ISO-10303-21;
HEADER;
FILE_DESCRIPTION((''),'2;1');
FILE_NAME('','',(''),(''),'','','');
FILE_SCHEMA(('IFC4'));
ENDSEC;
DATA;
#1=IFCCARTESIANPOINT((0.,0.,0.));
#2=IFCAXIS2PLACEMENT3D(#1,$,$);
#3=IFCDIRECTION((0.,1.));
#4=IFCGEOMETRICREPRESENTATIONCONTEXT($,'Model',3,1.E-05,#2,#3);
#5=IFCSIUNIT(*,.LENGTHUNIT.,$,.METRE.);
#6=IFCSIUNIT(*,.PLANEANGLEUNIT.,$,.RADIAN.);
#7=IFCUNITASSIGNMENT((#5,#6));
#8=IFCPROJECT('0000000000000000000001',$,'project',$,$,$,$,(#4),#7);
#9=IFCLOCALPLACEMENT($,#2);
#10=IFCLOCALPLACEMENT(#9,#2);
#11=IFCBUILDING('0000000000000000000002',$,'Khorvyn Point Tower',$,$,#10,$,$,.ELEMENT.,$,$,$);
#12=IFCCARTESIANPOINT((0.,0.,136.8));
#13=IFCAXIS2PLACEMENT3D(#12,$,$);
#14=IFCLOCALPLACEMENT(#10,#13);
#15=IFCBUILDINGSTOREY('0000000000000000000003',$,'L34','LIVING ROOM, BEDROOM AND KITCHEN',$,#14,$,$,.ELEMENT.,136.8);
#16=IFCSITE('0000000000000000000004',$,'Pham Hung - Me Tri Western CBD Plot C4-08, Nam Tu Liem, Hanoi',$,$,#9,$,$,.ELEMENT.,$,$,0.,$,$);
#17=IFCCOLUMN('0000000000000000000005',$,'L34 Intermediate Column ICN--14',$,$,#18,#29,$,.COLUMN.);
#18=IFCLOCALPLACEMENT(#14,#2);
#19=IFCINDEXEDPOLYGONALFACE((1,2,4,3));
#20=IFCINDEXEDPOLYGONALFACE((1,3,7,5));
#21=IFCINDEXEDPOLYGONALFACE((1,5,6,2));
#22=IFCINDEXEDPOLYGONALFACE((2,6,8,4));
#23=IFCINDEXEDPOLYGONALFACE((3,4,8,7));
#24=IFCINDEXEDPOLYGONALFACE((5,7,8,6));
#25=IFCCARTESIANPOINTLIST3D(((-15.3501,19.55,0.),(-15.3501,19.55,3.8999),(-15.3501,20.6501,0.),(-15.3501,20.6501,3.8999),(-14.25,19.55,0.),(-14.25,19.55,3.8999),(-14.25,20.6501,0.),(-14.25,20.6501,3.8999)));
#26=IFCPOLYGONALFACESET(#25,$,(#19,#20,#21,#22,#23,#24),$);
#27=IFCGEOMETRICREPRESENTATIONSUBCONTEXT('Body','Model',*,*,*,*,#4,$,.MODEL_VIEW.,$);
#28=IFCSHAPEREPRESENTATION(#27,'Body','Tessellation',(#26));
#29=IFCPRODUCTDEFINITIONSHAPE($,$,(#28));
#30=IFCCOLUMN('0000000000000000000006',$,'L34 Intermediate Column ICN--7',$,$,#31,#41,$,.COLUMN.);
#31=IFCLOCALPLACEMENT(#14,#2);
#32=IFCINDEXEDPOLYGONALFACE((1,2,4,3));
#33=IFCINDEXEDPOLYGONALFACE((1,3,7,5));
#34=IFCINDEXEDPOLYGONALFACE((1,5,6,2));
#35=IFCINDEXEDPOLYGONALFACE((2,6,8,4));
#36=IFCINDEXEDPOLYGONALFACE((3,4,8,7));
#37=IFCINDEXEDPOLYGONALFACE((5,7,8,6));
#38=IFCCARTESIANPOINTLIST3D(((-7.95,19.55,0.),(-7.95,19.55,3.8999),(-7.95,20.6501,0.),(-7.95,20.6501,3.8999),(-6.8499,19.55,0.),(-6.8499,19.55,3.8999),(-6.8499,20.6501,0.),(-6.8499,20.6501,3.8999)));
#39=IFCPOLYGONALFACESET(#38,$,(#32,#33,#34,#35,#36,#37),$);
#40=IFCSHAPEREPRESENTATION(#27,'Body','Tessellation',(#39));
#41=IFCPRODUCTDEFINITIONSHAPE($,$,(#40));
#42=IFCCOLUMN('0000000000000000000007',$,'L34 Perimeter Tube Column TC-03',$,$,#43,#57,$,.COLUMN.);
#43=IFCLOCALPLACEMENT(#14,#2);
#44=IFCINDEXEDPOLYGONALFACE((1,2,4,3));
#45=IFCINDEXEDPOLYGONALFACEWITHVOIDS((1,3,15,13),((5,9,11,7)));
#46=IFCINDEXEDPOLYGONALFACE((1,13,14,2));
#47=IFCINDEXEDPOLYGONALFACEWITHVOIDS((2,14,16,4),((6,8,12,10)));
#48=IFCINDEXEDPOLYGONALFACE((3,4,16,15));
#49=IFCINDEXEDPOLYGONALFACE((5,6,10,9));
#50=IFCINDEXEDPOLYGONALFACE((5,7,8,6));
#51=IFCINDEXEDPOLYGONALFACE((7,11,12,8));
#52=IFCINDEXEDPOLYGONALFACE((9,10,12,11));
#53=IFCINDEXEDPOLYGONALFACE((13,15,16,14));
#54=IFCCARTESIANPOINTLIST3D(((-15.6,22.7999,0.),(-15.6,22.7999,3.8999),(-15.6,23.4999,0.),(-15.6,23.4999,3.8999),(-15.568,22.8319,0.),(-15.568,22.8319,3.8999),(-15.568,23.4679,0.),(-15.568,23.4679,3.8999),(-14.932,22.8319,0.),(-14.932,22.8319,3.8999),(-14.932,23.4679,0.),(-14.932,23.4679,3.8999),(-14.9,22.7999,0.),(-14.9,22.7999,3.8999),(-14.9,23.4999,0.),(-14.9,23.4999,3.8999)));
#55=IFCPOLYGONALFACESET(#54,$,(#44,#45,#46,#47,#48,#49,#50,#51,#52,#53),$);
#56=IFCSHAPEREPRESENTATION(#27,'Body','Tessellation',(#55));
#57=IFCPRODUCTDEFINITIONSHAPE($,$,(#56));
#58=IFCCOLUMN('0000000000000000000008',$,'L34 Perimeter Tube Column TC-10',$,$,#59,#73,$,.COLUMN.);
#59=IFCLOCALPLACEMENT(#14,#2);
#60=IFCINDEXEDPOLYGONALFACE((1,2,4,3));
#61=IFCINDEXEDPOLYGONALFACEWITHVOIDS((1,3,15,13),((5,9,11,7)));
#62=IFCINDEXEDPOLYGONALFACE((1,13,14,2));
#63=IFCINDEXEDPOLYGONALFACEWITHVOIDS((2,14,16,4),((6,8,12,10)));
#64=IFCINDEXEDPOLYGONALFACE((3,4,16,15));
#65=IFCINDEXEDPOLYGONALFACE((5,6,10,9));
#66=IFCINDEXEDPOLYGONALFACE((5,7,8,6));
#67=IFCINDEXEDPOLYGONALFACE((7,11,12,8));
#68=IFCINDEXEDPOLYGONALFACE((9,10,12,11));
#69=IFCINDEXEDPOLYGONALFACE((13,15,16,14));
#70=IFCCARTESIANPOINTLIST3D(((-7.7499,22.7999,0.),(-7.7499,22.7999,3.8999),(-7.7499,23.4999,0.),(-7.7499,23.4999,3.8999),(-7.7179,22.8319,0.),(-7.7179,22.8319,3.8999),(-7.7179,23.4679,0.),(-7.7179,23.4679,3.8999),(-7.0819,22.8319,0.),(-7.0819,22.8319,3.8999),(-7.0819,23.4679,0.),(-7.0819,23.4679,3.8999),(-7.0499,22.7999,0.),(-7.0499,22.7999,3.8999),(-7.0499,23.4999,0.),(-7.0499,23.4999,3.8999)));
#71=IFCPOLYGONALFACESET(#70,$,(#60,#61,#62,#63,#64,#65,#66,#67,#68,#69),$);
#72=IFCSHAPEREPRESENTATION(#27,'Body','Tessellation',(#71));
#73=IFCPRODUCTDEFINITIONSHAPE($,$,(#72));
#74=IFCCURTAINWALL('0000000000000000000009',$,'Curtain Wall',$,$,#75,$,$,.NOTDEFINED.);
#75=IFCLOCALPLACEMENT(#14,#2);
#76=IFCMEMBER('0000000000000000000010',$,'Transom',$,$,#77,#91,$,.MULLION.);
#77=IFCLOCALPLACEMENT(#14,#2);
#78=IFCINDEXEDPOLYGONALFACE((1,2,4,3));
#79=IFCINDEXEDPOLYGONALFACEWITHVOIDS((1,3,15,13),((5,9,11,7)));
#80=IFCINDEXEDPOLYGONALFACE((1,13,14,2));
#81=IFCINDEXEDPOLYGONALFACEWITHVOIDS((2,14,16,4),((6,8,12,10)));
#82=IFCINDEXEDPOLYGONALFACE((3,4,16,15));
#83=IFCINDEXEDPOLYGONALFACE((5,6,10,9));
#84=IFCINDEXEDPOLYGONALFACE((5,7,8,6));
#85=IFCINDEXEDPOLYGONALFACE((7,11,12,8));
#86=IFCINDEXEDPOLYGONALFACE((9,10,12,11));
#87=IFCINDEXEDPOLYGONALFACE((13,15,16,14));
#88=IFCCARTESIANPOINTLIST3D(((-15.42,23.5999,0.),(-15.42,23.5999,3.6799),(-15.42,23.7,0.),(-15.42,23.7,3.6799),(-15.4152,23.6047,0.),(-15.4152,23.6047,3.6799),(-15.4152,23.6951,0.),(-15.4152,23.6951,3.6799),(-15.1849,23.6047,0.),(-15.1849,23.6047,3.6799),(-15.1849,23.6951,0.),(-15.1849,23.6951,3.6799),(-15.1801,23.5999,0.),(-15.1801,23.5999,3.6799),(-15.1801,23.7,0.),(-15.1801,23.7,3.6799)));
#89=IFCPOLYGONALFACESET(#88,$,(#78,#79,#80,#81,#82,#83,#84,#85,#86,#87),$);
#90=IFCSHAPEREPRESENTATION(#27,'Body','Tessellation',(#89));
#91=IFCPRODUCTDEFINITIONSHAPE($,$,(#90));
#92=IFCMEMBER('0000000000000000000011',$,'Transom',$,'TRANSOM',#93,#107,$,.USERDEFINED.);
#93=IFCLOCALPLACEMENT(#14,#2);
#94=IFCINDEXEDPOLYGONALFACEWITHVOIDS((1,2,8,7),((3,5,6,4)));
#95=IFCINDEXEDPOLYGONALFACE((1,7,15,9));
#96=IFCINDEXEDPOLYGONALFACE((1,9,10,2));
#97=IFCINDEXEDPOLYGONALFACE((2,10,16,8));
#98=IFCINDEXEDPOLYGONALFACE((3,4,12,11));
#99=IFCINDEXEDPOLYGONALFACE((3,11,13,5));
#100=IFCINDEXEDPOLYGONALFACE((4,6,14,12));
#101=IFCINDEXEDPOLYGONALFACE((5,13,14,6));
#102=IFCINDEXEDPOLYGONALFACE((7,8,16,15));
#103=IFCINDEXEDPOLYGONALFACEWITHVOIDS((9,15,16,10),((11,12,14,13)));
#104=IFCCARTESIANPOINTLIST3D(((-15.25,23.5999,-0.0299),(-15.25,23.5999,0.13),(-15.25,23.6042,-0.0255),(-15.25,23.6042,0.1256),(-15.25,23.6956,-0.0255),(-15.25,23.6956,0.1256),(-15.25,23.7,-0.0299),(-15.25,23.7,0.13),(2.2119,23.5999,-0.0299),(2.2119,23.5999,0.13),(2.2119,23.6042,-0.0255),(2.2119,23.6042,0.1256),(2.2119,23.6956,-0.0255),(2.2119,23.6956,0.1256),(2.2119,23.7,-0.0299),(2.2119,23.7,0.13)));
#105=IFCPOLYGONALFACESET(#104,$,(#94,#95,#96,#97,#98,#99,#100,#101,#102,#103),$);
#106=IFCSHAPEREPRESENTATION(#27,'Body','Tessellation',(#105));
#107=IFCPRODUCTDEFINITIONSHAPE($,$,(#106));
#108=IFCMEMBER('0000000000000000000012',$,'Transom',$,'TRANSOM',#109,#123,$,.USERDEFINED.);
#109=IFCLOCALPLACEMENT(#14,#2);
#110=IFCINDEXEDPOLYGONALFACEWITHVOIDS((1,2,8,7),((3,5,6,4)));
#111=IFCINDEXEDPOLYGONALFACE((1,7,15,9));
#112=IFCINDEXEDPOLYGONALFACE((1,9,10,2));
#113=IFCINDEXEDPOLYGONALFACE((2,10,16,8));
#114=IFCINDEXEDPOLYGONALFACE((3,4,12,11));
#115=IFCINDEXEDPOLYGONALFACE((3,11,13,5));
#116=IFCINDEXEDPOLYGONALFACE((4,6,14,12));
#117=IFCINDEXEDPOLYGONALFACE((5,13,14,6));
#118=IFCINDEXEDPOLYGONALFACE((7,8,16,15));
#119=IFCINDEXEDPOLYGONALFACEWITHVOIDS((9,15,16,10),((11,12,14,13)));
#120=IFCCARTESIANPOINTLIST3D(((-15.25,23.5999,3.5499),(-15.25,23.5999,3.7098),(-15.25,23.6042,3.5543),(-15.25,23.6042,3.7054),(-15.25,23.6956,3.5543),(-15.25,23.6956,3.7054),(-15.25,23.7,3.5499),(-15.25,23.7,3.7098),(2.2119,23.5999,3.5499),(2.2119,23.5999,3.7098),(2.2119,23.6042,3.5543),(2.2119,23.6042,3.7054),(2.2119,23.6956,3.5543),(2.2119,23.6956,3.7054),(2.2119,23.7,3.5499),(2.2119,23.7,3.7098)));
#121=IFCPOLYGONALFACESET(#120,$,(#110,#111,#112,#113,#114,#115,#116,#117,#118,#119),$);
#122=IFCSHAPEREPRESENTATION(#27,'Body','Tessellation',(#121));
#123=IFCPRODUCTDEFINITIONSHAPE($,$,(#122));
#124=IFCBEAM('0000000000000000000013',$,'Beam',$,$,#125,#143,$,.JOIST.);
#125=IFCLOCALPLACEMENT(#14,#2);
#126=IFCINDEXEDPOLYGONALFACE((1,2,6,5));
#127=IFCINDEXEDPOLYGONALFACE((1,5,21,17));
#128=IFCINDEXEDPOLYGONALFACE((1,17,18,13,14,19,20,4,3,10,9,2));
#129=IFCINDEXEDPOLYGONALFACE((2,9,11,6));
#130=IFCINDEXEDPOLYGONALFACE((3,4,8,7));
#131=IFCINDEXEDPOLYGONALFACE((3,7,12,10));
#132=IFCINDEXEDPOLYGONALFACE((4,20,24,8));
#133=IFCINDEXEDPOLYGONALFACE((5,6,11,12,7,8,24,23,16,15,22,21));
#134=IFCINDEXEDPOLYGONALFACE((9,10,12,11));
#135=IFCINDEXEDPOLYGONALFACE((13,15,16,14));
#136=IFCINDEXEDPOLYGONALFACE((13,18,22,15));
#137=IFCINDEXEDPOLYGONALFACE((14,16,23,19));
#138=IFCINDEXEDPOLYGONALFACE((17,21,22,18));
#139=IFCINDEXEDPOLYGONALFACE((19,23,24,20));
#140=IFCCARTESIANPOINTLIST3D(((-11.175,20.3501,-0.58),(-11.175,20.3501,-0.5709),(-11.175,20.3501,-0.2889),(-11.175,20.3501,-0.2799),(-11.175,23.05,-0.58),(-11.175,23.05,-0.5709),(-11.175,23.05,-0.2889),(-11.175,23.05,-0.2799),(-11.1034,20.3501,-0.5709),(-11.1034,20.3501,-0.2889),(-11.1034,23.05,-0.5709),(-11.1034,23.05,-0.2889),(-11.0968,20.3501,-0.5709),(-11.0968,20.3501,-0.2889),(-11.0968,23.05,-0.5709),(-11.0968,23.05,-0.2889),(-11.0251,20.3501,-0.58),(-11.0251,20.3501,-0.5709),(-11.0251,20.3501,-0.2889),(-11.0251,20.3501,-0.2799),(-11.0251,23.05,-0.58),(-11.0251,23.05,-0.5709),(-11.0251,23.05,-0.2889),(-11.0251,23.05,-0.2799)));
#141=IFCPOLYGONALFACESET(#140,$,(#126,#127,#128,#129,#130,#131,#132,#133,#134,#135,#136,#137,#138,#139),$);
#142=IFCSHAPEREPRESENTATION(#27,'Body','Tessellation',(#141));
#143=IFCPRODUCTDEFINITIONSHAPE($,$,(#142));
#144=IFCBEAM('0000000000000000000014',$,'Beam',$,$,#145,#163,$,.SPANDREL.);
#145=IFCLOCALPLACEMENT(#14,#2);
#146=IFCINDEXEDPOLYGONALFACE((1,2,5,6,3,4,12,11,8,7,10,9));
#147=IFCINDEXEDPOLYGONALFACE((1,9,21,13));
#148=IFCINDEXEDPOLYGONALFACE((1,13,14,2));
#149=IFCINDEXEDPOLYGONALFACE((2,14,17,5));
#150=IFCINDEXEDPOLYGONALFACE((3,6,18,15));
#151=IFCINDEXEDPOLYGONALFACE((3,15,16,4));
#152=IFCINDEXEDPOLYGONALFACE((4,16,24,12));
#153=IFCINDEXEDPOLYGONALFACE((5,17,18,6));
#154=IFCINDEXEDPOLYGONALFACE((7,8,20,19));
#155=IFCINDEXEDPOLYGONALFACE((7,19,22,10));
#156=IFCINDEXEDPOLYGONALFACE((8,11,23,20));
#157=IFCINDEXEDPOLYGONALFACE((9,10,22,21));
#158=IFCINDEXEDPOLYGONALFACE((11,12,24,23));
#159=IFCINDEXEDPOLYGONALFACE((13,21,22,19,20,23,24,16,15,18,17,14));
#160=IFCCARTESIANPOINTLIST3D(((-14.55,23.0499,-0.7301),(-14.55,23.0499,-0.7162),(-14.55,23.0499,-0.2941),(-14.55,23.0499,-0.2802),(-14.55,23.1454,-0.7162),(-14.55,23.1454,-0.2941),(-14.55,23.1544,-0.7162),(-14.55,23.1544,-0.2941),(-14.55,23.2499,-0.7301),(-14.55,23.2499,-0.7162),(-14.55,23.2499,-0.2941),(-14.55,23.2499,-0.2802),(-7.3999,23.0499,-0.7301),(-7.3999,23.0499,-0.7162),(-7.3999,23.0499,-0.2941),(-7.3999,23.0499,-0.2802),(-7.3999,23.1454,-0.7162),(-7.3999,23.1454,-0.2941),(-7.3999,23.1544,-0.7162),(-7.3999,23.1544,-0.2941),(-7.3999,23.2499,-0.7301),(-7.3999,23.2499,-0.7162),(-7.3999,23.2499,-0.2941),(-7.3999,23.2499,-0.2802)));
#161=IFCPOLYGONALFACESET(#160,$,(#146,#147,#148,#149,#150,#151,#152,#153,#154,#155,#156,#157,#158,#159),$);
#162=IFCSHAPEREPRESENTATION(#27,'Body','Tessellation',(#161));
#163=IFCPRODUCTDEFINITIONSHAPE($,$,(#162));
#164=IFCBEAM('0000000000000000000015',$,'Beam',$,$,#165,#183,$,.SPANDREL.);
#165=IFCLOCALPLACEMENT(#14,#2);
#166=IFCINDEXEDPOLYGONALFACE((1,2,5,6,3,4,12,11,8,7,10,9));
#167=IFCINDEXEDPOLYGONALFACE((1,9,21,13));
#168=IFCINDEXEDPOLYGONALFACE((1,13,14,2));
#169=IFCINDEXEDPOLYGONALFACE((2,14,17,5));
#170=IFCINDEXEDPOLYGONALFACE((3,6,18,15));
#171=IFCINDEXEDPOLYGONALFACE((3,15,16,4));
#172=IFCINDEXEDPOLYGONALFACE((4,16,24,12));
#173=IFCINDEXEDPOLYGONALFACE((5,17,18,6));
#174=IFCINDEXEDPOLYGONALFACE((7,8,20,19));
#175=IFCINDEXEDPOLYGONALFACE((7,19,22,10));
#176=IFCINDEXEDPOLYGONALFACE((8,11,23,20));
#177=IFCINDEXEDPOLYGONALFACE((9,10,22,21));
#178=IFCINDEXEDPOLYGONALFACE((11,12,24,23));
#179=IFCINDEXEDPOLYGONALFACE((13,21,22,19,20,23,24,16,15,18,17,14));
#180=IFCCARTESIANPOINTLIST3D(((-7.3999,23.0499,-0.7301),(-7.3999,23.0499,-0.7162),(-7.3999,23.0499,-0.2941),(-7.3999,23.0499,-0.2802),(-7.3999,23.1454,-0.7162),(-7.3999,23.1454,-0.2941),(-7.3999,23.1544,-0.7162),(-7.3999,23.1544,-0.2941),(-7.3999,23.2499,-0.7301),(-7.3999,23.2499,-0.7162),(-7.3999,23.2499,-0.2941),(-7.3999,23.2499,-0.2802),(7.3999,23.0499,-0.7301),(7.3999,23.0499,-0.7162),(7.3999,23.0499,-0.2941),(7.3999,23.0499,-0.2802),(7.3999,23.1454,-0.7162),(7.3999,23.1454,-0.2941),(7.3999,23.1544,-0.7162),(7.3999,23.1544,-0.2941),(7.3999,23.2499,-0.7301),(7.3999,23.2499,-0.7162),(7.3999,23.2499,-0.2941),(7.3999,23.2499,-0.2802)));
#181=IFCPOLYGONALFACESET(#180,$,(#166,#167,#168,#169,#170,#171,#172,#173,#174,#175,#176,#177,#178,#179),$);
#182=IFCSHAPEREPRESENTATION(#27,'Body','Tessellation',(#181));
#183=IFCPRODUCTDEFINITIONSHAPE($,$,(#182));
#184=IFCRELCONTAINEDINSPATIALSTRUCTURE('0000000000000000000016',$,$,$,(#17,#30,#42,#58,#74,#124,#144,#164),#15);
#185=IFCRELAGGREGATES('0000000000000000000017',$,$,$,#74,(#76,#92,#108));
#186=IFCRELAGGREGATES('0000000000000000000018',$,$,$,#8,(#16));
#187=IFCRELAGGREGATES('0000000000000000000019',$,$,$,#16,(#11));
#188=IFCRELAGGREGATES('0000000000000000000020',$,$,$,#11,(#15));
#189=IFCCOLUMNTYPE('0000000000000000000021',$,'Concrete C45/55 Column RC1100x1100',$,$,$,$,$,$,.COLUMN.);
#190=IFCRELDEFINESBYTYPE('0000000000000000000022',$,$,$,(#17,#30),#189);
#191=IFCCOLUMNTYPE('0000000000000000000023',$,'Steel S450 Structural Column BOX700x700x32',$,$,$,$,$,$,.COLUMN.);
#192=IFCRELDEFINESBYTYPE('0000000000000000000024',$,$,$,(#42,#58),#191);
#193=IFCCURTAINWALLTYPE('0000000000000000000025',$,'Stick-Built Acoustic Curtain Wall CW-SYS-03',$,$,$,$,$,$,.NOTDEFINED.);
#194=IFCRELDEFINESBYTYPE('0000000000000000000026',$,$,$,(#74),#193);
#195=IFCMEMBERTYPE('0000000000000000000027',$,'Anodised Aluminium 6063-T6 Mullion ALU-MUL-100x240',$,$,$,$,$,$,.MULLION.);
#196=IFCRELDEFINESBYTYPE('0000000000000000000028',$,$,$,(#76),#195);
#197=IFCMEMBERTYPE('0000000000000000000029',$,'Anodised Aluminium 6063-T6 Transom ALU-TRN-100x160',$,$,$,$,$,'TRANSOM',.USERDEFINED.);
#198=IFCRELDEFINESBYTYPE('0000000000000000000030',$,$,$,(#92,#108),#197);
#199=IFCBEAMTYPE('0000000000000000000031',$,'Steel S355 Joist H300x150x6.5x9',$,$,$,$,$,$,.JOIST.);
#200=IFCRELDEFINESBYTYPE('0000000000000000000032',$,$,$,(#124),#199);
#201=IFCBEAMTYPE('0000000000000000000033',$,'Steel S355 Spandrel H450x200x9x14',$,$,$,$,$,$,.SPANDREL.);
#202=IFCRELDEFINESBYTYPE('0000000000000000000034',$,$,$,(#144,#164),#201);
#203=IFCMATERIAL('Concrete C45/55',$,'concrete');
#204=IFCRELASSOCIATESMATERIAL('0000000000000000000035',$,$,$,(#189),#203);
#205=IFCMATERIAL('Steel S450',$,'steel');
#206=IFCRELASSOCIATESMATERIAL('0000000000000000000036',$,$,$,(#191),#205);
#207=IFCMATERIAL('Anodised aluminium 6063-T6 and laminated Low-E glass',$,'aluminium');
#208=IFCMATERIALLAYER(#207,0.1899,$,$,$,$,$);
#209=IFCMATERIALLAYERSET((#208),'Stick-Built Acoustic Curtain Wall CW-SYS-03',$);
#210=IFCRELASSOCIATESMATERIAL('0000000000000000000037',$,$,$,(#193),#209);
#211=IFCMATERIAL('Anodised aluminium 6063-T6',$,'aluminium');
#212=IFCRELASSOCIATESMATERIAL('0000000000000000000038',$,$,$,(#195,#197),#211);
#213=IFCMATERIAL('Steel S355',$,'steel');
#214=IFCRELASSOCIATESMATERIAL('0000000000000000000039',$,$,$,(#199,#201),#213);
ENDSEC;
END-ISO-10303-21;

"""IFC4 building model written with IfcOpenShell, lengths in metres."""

from ifc_helpers import new_model, si_unit, direction, frame, origin, origin_2d, place, context, subcontext, project, spatial, rectangle, hollow_rectangle, i_section, extrude, material, layer, layer_set, material_profile, profile_set, type_object, element, aggregate, save


model = new_model("IFC4")

# Units and contexts
model_context = context("Model", 3, precision=1e-05, world=origin(), true_north=direction((0.0, 1.0)))
body_context = subcontext(model_context, "Body", "Model", "MODEL_VIEW")
ifc_project = project(units=[si_unit("LENGTHUNIT", "METRE"), si_unit("PLANEANGLEUNIT", "RADIAN")], contexts=[model_context])

# Site, building, storey
site_placement = place(None, origin())
site = spatial("IfcSite", under=ifc_project, at=site_placement, Name="Pham Hung - Me Tri Western CBD Plot C4-08, Nam Tu Liem, Hanoi", CompositionType="ELEMENT", RefElevation=0.0)
building_placement = place(site_placement, origin())
building = spatial("IfcBuilding", under=site, at=building_placement, Name="Khorvyn Point Tower", CompositionType="ELEMENT")
storey_placement = place(building_placement, frame((0.0, 0.0, 136.8)))
storey = spatial("IfcBuildingStorey", under=building, at=storey_placement, Name="L34", Description="LIVING ROOM, BEDROOM AND KITCHEN", CompositionType="ELEMENT", Elevation=136.8)

# Columns
ifc_material_1 = material(Name="Concrete C45/55", Category="concrete")
ifc_material_profile_1 = material_profile(ifc_material_1, rectangle(XDim=1.1001, YDim=1.1001, at=origin_2d()))
ifc_profile_set_1 = profile_set([ifc_material_profile_1], Name="Concrete C45/55 RC1100x1100")
column_type_1 = type_object("IfcColumnType", Name="Concrete C45/55 Column RC1100x1100", PredefinedType="COLUMN", material=ifc_profile_set_1)
for number, where, z_axis, x_axis, name in (
    (1, (-14.8, 20.1001, 0.0), (0.0, 0.0, 1.0), (1.0, 0.0, 0.0), "L34 Intermediate Column ICN--14"),
    (2, (-7.3999, 20.1001, 0.0), (0.0, 0.0, 1.0), (1.0, 0.0, 0.0), "L34 Intermediate Column ICN--7"),
):
    element("IfcColumn", number, at=place(storey_placement, frame(where, z_axis=z_axis, x_axis=x_axis)), inside=storey, type_object=column_type_1, Name=name, PredefinedType="COLUMN", context=body_context, shape_type="SweptSolid", body=[
        extrude(rectangle(XDim=1.1001, YDim=1.1001, at=origin_2d()), origin(), (0.0, 0.0, 1.0), 3.8999),
    ])
ifc_material_2 = material(Name="Steel S450", Category="steel")
ifc_material_profile_2 = material_profile(ifc_material_2, hollow_rectangle(XDim=0.7, YDim=0.7, WallThickness=0.032, at=origin_2d()))
ifc_profile_set_2 = profile_set([ifc_material_profile_2], Name="Steel S450 BOX700x700x32")
column_type_2 = type_object("IfcColumnType", Name="Steel S450 Structural Column BOX700x700x32", PredefinedType="COLUMN", material=ifc_profile_set_2)
for number, where, z_axis, x_axis, name in (
    (3, (-15.25, 23.1499, 0.0), (0.0, 0.0, 1.0), (1.0, 0.0, 0.0), "L34 Perimeter Tube Column TC-03"),
    (4, (-7.3999, 23.1499, 0.0), (0.0, 0.0, 1.0), (1.0, 0.0, 0.0), "L34 Perimeter Tube Column TC-10"),
):
    element("IfcColumn", number, at=place(storey_placement, frame(where, z_axis=z_axis, x_axis=x_axis)), inside=storey, type_object=column_type_2, Name=name, PredefinedType="COLUMN", context=body_context, shape_type="SweptSolid", body=[
        extrude(hollow_rectangle(XDim=0.7, YDim=0.7, WallThickness=0.032, at=origin_2d()), origin(), (0.0, 0.0, 1.0), 3.8999),
    ])

# Curtain wall, members
ifc_material_3 = material(Name="Anodised aluminium 6063-T6 and laminated Low-E glass", Category="aluminium")
ifc_layer_1 = layer(ifc_material_3, 0.1899)
ifc_layer_set_1 = layer_set([ifc_layer_1], Name="Stick-Built Acoustic Curtain Wall CW-SYS-03")
curtain_wall_type = type_object("IfcCurtainWallType", Name="Stick-Built Acoustic Curtain Wall CW-SYS-03", PredefinedType="NOTDEFINED", material=ifc_layer_set_1)
curtain_wall_placement = place(storey_placement, origin())
curtain_wall = element("IfcCurtainWall", 5, at=curtain_wall_placement, inside=storey, type_object=curtain_wall_type, Name="Curtain Wall", PredefinedType="NOTDEFINED")
ifc_material_4 = material(Name="Anodised aluminium 6063-T6", Category="aluminium")
ifc_material_profile_3 = material_profile(ifc_material_4, hollow_rectangle(XDim=0.1001, YDim=0.24, WallThickness=0.0049, at=origin_2d()))
ifc_profile_set_3 = profile_set([ifc_material_profile_3], Name="Anodised aluminium 6063-T6 ALU-MUL-100x240")
member_type_1 = type_object("IfcMemberType", Name="Anodised Aluminium 6063-T6 Mullion ALU-MUL-100x240", PredefinedType="MULLION", material=ifc_profile_set_3)
member_1_placement = place(storey_placement, frame((-15.3, 23.6499, 0.0), z_axis=(0.0, 0.0, 1.0), x_axis=(0.0, 1.0, 0.0)))
member_1 = element("IfcMember", 6, at=member_1_placement, type_object=member_type_1, Name="Transom", PredefinedType="MULLION", context=body_context, shape_type="SweptSolid", body=[
    extrude(hollow_rectangle(XDim=0.1001, YDim=0.24, WallThickness=0.0049, at=origin_2d()), origin(), (0.0, 0.0, 1.0), 3.6799),
])
ifc_material_profile_4 = material_profile(ifc_material_4, hollow_rectangle(XDim=0.1001, YDim=0.1599, WallThickness=0.0044, at=origin_2d()))
ifc_profile_set_4 = profile_set([ifc_material_profile_4], Name="Anodised aluminium 6063-T6 ALU-TRN-100x160")
member_type_2 = type_object("IfcMemberType", Name="Anodised Aluminium 6063-T6 Transom ALU-TRN-100x160", ElementType="TRANSOM", PredefinedType="USERDEFINED", material=ifc_profile_set_4)
member_2_placement = place(storey_placement, frame((-15.25, 23.6499, 0.05), z_axis=(1.0, 0.0, 0.0), x_axis=(0.0, 1.0, 0.0)))
member_2 = element("IfcMember", 7, at=member_2_placement, type_object=member_type_2, Name="Transom", ObjectType="TRANSOM", PredefinedType="USERDEFINED", context=body_context, shape_type="SweptSolid", body=[
    extrude(hollow_rectangle(XDim=0.1001, YDim=0.1599, WallThickness=0.0044, at=origin_2d()), origin(), (0.0, 0.0, 1.0), 17.4619),
])
member_3_placement = place(storey_placement, frame((-15.25, 23.6499, 3.6299), z_axis=(1.0, 0.0, 0.0), x_axis=(0.0, 1.0, 0.0)))
member_3 = element("IfcMember", 8, at=member_3_placement, type_object=member_type_2, Name="Transom", ObjectType="TRANSOM", PredefinedType="USERDEFINED", context=body_context, shape_type="SweptSolid", body=[
    extrude(hollow_rectangle(XDim=0.1001, YDim=0.1599, WallThickness=0.0044, at=origin_2d()), origin(), (0.0, 0.0, 1.0), 17.4619),
])

# Beams
ifc_material_5 = material(Name="Steel S355", Category="steel")
ifc_material_profile_5 = material_profile(ifc_material_5, i_section(OverallWidth=0.1499, OverallDepth=0.3, WebThickness=0.0066, FlangeThickness=0.009, at=origin_2d()))
ifc_profile_set_5 = profile_set([ifc_material_profile_5], Name="Steel S355 H300x150x6.5x9")
beam_type_1 = type_object("IfcBeamType", Name="Steel S355 Joist H300x150x6.5x9", PredefinedType="JOIST", material=ifc_profile_set_5)
beam_1_placement = place(storey_placement, frame((-11.1001, 20.3501, -0.4299), z_axis=(0.0, 1.0, 0.0), x_axis=(-1.0, 0.0, 0.0)))
element("IfcBeam", 9, at=beam_1_placement, inside=storey, type_object=beam_type_1, Name="Beam", PredefinedType="JOIST", context=body_context, shape_type="SweptSolid", body=[
    extrude(i_section(OverallWidth=0.1499, OverallDepth=0.3, WebThickness=0.0066, FlangeThickness=0.009, at=origin_2d()), origin(), (0.0, 0.0, 1.0), 2.7),
])
ifc_material_profile_6 = material_profile(ifc_material_5, i_section(OverallWidth=0.2, OverallDepth=0.45, WebThickness=0.009, FlangeThickness=0.0139, at=origin_2d()))
ifc_profile_set_6 = profile_set([ifc_material_profile_6], Name="Steel S355 H450x200x9x14")
beam_type_2 = type_object("IfcBeamType", Name="Steel S355 Spandrel H450x200x9x14", PredefinedType="SPANDREL", material=ifc_profile_set_6)
beam_2_placement = place(storey_placement, frame((-14.55, 23.1499, -0.5051), z_axis=(1.0, 0.0, 0.0), x_axis=(0.0, 1.0, 0.0)))
element("IfcBeam", 10, at=beam_2_placement, inside=storey, type_object=beam_type_2, Name="Beam", PredefinedType="SPANDREL", context=body_context, shape_type="SweptSolid", body=[
    extrude(i_section(OverallWidth=0.2, OverallDepth=0.45, WebThickness=0.009, FlangeThickness=0.0139, at=origin_2d()), origin(), (0.0, 0.0, 1.0), 7.1501),
])
beam_3_placement = place(storey_placement, frame((-7.3999, 23.1499, -0.5051), z_axis=(1.0, 0.0, 0.0), x_axis=(0.0, 1.0, 0.0)))
element("IfcBeam", 11, at=beam_3_placement, inside=storey, type_object=beam_type_2, Name="Beam", PredefinedType="SPANDREL", context=body_context, shape_type="SweptSolid", body=[
    extrude(i_section(OverallWidth=0.2, OverallDepth=0.45, WebThickness=0.009, FlangeThickness=0.0139, at=origin_2d()), origin(), (0.0, 0.0, 1.0), 14.7998),
])

aggregate(curtain_wall, [member_1, member_2, member_3])

save(model, "model.ifc")
